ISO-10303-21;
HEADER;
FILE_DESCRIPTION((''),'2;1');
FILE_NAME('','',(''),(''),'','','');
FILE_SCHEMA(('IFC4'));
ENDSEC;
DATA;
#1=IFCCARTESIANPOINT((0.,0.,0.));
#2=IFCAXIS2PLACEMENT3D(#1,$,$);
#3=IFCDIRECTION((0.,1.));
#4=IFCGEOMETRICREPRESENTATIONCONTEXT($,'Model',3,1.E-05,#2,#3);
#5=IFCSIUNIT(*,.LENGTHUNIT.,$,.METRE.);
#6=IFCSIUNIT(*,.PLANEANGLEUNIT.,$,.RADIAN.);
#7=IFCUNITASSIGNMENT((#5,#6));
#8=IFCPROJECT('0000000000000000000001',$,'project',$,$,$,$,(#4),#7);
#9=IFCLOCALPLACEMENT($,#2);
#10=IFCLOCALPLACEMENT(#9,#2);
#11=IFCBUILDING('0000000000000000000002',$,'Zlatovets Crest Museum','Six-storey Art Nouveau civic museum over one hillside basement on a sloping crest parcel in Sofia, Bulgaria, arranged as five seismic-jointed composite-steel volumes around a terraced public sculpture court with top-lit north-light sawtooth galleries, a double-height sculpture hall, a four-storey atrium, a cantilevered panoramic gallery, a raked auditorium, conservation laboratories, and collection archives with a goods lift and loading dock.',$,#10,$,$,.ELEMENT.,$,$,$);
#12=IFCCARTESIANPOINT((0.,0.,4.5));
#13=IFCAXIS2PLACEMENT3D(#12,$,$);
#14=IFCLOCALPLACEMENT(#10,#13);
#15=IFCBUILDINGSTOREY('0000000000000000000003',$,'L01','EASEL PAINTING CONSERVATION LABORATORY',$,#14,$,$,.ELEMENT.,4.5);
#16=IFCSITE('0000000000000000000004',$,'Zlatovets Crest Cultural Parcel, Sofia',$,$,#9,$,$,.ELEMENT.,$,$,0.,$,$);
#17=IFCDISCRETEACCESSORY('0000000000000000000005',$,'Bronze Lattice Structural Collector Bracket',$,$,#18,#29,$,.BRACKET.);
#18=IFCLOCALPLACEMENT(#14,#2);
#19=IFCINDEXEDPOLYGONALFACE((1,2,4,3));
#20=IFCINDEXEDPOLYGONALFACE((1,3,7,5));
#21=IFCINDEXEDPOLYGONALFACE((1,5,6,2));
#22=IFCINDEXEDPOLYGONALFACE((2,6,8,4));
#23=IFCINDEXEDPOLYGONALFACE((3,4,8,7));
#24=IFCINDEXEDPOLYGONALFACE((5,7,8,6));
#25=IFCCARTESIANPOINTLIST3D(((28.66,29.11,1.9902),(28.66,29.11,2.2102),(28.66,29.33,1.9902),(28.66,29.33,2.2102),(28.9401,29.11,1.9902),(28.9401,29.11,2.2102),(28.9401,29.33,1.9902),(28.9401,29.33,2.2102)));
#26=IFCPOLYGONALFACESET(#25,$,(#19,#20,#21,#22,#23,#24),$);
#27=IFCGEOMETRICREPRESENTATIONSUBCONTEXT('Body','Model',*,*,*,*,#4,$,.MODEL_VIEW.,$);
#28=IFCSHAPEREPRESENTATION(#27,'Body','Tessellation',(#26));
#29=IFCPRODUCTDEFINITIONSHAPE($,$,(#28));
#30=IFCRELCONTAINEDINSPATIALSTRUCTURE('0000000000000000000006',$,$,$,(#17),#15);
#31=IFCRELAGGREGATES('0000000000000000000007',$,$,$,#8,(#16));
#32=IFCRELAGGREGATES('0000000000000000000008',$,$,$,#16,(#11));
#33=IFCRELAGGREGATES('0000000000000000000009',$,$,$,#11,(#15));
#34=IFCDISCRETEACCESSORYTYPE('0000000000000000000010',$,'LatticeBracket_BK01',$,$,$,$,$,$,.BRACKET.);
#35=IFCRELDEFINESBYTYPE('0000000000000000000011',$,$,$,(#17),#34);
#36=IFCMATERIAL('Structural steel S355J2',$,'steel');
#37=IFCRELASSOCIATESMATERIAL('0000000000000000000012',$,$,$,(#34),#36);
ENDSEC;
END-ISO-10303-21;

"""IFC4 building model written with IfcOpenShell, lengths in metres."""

from ifc_helpers import new_model, si_unit, direction, frame, origin, origin_2d, place, context, subcontext, project, spatial, rectangle, extrude, material, type_object, element, save


model = new_model("IFC4")

# Units and contexts
model_context = context("Model", 3, precision=1e-05, world=origin(), true_north=direction((0.0, 1.0)))
body_context = subcontext(model_context, "Body", "Model", "MODEL_VIEW")
ifc_project = project(units=[si_unit("LENGTHUNIT", "METRE"), si_unit("PLANEANGLEUNIT", "RADIAN")], contexts=[model_context])

# Site, building, storey
site_placement = place(None, origin())
site = spatial("IfcSite", under=ifc_project, at=site_placement, Name="Zlatovets Crest Cultural Parcel, Sofia", CompositionType="ELEMENT", RefElevation=0.0)
building_placement = place(site_placement, origin())
building = spatial("IfcBuilding", under=site, at=building_placement, Name="Zlatovets Crest Museum", Description="Six-storey Art Nouveau civic museum over one hillside basement on a sloping crest parcel in Sofia, Bulgaria, arranged as five seismic-jointed composite-steel volumes around a terraced public sculpture court with top-lit north-light sawtooth galleries, a double-height sculpture hall, a four-storey atrium, a cantilevered panoramic gallery, a raked auditorium, conservation laboratories, and collection archives with a goods lift and loading dock.", CompositionType="ELEMENT")
storey_placement = place(building_placement, frame((0.0, 0.0, 4.5)))
storey = spatial("IfcBuildingStorey", under=building, at=storey_placement, Name="L01", Description="EASEL PAINTING CONSERVATION LABORATORY", CompositionType="ELEMENT", Elevation=4.5)

# Shared definitions
ifc_material_1 = material(Name="Structural steel S355J2", Category="steel")

# Discrete accessory
discrete_accessory_type = type_object("IfcDiscreteAccessoryType", Name="LatticeBracket_BK01", PredefinedType="BRACKET", material=ifc_material_1)
discrete_accessory_placement = place(storey_placement, frame((28.8, 29.22, 1.9902), z_axis=(0.0, 0.0, 1.0), x_axis=(1.0, 0.0, 0.0)))
element("IfcDiscreteAccessory", 1, at=discrete_accessory_placement, inside=storey, type_object=discrete_accessory_type, Name="Bronze Lattice Structural Collector Bracket", PredefinedType="BRACKET", context=body_context, shape_type="SweptSolid", body=[
    extrude(rectangle(XDim=0.28, YDim=0.22, at=origin_2d()), origin(), (0.0, 0.0, 1.0), 0.22),
])

save(model, "model.ifc")
